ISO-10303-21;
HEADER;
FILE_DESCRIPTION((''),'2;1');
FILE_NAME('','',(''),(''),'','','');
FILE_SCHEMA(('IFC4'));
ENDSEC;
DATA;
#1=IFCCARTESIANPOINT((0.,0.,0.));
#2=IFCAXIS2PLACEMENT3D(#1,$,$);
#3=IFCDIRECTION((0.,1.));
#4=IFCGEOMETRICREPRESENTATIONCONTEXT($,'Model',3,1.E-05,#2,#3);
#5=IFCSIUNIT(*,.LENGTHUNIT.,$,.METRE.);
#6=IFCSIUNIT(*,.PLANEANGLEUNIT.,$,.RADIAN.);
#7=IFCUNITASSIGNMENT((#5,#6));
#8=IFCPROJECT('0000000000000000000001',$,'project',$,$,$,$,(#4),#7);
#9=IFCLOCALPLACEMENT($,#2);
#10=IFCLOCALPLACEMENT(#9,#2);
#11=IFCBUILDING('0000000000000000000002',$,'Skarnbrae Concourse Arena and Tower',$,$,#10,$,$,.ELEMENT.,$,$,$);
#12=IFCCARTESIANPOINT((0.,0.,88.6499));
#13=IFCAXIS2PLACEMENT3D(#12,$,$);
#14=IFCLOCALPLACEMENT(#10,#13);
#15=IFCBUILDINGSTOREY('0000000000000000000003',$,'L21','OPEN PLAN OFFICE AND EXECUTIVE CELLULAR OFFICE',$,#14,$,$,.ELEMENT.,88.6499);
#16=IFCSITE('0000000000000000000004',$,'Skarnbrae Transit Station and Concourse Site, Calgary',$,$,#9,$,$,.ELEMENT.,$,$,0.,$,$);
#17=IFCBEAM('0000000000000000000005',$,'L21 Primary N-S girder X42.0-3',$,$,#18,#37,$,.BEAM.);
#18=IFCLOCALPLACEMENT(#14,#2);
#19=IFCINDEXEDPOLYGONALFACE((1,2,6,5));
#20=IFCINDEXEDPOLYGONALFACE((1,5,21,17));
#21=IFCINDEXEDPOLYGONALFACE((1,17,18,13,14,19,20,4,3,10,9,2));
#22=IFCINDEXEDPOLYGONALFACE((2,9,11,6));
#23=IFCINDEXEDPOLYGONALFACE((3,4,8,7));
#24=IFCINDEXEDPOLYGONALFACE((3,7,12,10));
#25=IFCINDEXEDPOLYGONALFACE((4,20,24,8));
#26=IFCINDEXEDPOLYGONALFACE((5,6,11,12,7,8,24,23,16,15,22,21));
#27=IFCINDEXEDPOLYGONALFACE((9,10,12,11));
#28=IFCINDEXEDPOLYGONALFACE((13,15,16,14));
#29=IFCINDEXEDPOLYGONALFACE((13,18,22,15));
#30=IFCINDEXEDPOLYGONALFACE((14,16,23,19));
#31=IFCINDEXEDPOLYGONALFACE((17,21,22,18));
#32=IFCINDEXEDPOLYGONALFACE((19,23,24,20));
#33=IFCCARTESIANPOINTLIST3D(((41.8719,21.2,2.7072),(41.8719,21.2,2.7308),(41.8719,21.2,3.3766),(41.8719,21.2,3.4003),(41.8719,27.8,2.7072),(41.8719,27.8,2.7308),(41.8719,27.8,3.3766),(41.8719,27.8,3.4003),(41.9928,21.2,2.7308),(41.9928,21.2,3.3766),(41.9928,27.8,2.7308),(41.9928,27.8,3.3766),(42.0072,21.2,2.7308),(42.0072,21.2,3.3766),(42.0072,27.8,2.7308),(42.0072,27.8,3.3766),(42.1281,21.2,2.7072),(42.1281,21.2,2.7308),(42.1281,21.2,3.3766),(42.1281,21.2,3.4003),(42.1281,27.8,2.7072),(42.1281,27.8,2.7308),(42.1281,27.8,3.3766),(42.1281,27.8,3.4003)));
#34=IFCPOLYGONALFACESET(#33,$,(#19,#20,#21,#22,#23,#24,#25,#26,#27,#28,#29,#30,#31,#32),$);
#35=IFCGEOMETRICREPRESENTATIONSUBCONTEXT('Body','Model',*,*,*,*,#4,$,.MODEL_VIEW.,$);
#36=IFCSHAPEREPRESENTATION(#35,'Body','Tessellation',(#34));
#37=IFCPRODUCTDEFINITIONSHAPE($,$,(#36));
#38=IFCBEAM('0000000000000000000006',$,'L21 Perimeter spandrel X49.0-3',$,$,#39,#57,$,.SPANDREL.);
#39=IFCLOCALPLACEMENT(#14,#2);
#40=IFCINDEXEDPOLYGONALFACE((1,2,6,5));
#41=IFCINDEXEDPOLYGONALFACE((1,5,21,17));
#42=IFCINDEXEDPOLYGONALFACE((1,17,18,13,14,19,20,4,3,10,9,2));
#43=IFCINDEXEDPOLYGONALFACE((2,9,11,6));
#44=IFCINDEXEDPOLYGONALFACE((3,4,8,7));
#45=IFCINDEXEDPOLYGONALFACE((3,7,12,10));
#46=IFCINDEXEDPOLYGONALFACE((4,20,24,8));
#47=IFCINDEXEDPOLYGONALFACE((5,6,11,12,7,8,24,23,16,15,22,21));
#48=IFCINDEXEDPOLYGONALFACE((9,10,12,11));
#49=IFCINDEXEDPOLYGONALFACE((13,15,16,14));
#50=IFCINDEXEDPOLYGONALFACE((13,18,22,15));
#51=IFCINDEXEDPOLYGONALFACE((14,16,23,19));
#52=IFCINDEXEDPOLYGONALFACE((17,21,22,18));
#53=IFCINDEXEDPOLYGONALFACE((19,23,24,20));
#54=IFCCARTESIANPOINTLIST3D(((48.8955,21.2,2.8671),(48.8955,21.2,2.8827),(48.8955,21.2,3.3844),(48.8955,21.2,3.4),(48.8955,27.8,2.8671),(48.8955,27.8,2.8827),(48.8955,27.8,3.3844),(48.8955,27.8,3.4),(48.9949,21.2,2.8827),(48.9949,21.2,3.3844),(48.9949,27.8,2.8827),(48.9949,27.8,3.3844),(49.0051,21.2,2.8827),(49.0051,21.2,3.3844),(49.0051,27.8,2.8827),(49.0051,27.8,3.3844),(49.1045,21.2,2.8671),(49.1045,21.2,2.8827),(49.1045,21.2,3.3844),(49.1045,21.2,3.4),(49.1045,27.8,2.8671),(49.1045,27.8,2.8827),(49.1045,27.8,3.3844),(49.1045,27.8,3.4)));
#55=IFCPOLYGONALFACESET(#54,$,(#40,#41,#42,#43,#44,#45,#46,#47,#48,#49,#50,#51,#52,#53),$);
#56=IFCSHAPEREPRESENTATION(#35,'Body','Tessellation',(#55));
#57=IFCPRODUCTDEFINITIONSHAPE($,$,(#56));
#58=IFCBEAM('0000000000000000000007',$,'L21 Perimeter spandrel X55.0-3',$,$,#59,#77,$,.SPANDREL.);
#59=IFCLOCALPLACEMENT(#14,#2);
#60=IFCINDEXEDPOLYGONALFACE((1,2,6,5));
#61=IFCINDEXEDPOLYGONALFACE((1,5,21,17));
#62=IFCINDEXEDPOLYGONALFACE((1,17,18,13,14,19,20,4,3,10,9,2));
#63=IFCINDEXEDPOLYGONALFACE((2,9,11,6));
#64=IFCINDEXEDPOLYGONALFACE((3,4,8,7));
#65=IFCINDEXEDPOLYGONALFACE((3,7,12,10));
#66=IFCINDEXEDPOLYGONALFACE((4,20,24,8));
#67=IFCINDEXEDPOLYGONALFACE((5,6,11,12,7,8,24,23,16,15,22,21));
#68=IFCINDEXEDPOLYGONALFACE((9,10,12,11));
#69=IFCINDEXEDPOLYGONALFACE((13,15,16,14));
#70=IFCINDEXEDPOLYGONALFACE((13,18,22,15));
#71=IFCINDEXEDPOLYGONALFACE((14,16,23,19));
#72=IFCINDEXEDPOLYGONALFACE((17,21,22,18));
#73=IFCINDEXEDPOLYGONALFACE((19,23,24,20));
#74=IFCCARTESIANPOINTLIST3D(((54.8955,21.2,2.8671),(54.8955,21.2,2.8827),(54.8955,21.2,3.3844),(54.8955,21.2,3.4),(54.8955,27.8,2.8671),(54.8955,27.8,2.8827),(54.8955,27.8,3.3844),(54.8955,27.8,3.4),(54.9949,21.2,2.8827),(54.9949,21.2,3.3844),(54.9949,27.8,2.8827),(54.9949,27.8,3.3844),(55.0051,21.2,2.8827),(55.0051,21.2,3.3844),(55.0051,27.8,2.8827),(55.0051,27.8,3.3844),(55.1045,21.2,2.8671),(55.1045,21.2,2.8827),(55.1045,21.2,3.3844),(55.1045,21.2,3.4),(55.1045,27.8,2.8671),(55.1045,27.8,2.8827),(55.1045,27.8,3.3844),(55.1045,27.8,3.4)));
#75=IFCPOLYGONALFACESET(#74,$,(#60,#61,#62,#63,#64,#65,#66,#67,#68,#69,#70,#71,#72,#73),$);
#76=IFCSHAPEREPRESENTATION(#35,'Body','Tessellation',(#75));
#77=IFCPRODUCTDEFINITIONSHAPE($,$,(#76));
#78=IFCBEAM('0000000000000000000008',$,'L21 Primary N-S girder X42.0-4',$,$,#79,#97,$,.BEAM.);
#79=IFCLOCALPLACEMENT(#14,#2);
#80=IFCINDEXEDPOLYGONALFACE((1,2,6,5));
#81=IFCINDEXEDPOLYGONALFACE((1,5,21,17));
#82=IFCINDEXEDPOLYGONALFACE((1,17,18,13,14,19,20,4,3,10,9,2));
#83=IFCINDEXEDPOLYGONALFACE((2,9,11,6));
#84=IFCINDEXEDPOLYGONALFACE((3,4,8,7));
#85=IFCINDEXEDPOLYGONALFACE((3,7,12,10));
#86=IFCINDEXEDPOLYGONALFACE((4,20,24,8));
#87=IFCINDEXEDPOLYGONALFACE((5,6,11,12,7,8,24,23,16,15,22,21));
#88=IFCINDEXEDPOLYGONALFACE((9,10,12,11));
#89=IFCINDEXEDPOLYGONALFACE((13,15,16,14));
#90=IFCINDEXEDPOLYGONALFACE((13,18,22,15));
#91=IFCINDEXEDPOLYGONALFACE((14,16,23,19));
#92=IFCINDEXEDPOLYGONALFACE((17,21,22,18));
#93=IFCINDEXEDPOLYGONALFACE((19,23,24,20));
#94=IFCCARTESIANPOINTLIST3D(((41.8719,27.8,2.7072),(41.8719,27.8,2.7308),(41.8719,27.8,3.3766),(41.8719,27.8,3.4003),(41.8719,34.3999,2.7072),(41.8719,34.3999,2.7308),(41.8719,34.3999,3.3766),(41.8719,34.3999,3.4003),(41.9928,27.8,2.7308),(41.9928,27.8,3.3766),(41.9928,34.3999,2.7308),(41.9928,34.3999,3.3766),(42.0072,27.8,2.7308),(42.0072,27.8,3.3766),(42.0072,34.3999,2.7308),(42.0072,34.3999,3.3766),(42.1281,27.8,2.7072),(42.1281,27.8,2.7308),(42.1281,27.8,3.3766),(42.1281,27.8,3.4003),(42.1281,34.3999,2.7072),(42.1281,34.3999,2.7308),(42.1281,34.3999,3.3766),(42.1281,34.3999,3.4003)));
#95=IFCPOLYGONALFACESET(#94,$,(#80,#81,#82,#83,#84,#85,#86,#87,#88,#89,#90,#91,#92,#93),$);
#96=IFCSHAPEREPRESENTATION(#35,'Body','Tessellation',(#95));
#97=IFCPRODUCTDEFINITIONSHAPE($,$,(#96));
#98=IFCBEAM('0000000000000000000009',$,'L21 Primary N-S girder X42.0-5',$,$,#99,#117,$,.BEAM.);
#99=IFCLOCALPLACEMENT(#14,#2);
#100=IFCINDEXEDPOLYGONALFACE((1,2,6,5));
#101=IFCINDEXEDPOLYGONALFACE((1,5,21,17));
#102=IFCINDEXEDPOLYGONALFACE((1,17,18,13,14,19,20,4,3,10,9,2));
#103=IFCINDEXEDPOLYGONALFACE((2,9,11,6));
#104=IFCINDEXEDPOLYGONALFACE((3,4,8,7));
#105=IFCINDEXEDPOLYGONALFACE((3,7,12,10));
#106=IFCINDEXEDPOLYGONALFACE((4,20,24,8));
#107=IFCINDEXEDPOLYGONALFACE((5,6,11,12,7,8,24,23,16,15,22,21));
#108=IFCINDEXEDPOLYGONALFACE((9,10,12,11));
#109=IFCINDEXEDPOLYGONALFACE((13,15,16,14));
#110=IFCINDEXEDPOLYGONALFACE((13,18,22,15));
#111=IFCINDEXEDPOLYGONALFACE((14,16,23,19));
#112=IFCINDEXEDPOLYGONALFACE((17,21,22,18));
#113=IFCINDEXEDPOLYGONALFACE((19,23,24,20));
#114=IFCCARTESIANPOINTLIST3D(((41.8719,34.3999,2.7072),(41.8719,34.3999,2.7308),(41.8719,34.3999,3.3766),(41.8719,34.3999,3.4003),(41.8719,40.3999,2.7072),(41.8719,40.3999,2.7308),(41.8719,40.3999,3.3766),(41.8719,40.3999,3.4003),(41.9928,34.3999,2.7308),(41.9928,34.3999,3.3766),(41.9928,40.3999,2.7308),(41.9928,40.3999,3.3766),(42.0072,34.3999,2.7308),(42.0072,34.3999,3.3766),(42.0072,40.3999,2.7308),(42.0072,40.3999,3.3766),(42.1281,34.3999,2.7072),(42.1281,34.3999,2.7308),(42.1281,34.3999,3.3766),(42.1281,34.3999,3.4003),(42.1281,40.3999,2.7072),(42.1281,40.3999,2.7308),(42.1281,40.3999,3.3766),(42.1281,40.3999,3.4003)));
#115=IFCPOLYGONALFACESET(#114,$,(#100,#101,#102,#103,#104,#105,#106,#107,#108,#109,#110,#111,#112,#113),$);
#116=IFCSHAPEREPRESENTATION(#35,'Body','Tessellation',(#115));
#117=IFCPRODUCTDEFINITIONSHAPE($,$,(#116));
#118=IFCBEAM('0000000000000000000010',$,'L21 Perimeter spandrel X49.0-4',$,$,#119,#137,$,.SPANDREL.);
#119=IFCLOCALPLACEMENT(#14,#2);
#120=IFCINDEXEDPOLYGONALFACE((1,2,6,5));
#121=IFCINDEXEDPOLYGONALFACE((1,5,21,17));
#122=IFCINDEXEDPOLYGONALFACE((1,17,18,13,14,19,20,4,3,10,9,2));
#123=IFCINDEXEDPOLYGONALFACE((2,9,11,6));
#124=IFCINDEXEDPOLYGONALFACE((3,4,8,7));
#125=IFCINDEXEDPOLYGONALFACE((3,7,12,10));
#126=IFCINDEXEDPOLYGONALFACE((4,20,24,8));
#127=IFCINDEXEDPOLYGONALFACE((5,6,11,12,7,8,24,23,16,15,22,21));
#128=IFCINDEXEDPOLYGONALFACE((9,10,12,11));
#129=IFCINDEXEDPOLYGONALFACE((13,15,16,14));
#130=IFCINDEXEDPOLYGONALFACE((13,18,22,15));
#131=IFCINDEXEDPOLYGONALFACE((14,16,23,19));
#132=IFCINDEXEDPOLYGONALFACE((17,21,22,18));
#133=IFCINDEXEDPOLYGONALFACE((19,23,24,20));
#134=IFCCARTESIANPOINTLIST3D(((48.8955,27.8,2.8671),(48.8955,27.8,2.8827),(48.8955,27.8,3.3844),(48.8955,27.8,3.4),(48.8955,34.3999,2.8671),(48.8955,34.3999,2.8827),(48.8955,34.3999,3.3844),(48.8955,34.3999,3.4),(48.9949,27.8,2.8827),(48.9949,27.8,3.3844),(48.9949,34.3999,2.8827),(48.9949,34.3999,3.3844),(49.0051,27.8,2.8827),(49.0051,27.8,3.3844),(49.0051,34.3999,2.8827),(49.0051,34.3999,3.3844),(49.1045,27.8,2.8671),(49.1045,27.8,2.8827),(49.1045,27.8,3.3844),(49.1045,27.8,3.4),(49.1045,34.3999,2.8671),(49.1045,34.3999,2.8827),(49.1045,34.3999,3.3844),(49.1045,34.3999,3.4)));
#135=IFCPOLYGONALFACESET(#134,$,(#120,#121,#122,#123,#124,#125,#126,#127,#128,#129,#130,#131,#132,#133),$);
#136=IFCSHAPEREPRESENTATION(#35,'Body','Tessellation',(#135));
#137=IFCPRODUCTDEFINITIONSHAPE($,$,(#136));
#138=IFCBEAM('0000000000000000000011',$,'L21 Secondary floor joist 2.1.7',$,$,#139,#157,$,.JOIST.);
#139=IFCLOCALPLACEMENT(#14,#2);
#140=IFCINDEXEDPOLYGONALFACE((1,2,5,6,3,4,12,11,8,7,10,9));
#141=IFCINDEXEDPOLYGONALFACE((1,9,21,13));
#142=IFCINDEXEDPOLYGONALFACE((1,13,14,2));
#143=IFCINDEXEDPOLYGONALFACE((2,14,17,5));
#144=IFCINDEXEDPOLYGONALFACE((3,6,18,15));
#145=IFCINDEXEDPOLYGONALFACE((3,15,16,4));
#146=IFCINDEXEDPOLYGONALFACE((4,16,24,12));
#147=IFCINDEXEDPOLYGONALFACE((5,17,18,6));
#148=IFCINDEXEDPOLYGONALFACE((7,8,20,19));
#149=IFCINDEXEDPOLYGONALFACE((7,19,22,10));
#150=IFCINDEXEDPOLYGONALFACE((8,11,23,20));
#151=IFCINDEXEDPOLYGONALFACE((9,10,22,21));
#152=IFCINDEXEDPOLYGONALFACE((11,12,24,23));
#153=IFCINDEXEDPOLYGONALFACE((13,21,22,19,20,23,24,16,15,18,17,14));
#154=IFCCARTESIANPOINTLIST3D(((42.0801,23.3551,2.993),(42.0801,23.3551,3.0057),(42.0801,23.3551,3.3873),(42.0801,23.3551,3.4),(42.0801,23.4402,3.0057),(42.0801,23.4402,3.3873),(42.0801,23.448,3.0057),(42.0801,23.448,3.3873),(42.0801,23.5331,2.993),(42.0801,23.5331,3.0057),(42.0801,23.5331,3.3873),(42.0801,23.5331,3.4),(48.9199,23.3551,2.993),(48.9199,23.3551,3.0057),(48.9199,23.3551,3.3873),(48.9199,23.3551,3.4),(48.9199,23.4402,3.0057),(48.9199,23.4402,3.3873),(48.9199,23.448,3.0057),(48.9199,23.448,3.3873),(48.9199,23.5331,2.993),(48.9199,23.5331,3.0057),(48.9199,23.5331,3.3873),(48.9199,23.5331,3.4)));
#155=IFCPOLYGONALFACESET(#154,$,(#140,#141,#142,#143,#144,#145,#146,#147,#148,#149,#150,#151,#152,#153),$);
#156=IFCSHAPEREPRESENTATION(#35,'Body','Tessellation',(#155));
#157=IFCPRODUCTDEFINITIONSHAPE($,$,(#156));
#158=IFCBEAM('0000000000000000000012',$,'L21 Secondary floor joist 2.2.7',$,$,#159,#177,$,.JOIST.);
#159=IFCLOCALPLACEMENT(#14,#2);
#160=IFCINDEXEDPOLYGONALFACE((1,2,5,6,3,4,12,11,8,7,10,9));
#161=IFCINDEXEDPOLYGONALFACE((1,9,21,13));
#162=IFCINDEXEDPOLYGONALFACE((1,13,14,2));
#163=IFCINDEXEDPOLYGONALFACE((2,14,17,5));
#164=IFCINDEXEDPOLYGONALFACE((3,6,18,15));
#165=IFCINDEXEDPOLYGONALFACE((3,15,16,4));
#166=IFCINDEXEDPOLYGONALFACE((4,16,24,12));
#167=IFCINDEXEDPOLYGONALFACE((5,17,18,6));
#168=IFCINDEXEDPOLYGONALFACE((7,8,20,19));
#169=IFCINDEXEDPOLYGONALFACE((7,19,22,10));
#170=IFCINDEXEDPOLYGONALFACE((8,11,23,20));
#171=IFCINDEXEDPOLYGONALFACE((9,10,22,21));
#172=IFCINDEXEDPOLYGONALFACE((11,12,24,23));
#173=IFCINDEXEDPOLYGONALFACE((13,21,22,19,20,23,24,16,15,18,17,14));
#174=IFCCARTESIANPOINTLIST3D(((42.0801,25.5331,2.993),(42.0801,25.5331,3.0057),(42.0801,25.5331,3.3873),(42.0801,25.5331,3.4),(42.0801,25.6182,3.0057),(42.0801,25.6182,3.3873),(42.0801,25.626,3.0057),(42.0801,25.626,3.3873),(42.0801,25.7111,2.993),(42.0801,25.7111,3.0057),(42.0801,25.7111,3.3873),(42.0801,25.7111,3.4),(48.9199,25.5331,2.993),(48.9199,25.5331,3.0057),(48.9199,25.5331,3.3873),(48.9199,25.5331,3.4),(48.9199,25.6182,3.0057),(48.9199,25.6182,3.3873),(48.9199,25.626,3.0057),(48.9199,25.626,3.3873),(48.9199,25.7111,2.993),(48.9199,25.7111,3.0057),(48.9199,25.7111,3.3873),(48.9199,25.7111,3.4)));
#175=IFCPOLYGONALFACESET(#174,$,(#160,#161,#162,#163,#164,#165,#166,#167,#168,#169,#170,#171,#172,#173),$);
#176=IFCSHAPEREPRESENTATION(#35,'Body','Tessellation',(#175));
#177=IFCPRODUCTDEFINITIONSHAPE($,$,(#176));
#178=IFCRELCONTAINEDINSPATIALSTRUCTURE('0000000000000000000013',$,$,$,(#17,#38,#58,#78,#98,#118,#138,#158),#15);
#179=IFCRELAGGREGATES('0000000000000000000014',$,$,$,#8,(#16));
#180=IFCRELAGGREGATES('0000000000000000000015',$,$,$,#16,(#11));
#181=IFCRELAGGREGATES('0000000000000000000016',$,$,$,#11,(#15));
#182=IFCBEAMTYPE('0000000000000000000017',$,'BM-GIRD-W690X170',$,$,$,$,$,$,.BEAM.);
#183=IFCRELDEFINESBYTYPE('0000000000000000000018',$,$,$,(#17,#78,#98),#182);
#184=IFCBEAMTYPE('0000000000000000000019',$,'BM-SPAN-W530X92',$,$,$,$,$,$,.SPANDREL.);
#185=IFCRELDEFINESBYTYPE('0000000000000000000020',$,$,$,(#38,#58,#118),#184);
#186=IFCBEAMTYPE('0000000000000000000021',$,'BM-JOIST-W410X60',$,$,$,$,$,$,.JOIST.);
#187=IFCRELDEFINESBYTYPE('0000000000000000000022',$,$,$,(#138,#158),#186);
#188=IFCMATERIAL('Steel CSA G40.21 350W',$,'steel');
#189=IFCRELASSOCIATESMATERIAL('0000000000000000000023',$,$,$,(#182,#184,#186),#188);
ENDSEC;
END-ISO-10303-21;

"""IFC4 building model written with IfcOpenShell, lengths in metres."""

from ifc_helpers import new_model, si_unit, direction, frame, origin, origin_2d, place, context, subcontext, project, spatial, i_section, extrude, source, transform, mapped, material, material_profile, profile_set, type_object, element, save


model = new_model("IFC4")

# Units and contexts
model_context = context("Model", 3, precision=1e-05, world=origin(), true_north=direction((0.0, 1.0)))
body_context = subcontext(model_context, "Body", "Model", "MODEL_VIEW")
ifc_project = project(units=[si_unit("LENGTHUNIT", "METRE"), si_unit("PLANEANGLEUNIT", "RADIAN")], contexts=[model_context])

# Site, building, storey
site_placement = place(None, origin())
site = spatial("IfcSite", under=ifc_project, at=site_placement, Name="Skarnbrae Transit Station and Concourse Site, Calgary", CompositionType="ELEMENT", RefElevation=0.0)
building_placement = place(site_placement, origin())
building = spatial("IfcBuilding", under=site, at=building_placement, Name="Skarnbrae Concourse Arena and Tower", CompositionType="ELEMENT")
storey_placement = place(building_placement, frame((0.0, 0.0, 88.6499)))
storey = spatial("IfcBuildingStorey", under=building, at=storey_placement, Name="L21", Description="OPEN PLAN OFFICE AND EXECUTIVE CELLULAR OFFICE", CompositionType="ELEMENT", Elevation=88.6499)

# Shared definitions
ifc_material_1 = material(Name="Steel CSA G40.21 350W", Category="steel")

# Beams
ifc_material_profile_1 = material_profile(ifc_material_1, i_section(OverallWidth=0.2561, OverallDepth=0.6931, WebThickness=0.0144, FlangeThickness=0.0237, at=origin_2d()), Name="W690X170")
ifc_profile_set_1 = profile_set([ifc_material_profile_1], Name="Steel CSA G40.21 350W")
beam_type_1 = type_object("IfcBeamType", Name="BM-GIRD-W690X170", PredefinedType="BEAM", material=ifc_profile_set_1)
ifc_material_profile_2 = material_profile(ifc_material_1, i_section(OverallWidth=0.209, OverallDepth=0.533, WebThickness=0.0103, FlangeThickness=0.0156, at=origin_2d()), Name="W530X92")
ifc_profile_set_2 = profile_set([ifc_material_profile_2], Name="Steel CSA G40.21 350W")
beam_type_2 = type_object("IfcBeamType", Name="BM-SPAN-W530X92", PredefinedType="SPANDREL", material=ifc_profile_set_2)
shared_shape_1 = source(origin(), body_context, "Body", "SweptSolid", [
    extrude(i_section(OverallWidth=0.2561, OverallDepth=0.6931, WebThickness=0.0144, FlangeThickness=0.0237, at=origin_2d()), origin(), (0.0, 0.0, 1.0), 6.6001),
])
beam_1_placement = place(storey_placement, frame((42.0, 21.2, 3.0537), z_axis=(0.0, 1.0, 0.0), x_axis=(-1.0, 0.0, 0.0)))
element("IfcBeam", 1, at=beam_1_placement, inside=storey, type_object=beam_type_1, Name="L21 Primary N-S girder X42.0-3", PredefinedType="BEAM", context=body_context, shape_type="MappedRepresentation", body=[
    mapped(shared_shape_1, transform((0.0, 0.0, 0.0))),
])
shared_shape_2 = source(origin(), body_context, "Body", "SweptSolid", [
    extrude(i_section(OverallWidth=0.209, OverallDepth=0.533, WebThickness=0.0103, FlangeThickness=0.0156, at=origin_2d()), origin(), (0.0, 0.0, 1.0), 6.6001),
])
for number, where, z_axis, x_axis, name in (
    (2, (49.0, 21.2, 3.1335), (0.0, 1.0, 0.0), (-1.0, 0.0, 0.0), "L21 Perimeter spandrel X49.0-3"),
    (3, (55.0, 21.2, 3.1335), (0.0, 1.0, 0.0), (-1.0, 0.0, 0.0), "L21 Perimeter spandrel X55.0-3"),
):
    element("IfcBeam", number, at=place(storey_placement, frame(where, z_axis=z_axis, x_axis=x_axis)), inside=storey, type_object=beam_type_2, Name=name, PredefinedType="SPANDREL", context=body_context, shape_type="MappedRepresentation", body=[
        mapped(shared_shape_2, transform((0.0, 0.0, 0.0))),
    ])
shared_shape_3 = source(origin(), body_context, "Body", "SweptSolid", [
    extrude(i_section(OverallWidth=0.2561, OverallDepth=0.6931, WebThickness=0.0144, FlangeThickness=0.0237, at=origin_2d()), origin(), (0.0, 0.0, 1.0), 6.5999),
])
beam_2_placement = place(storey_placement, frame((42.0, 27.8, 3.0537), z_axis=(0.0, 1.0, 0.0), x_axis=(-1.0, 0.0, 0.0)))
element("IfcBeam", 4, at=beam_2_placement, inside=storey, type_object=beam_type_1, Name="L21 Primary N-S girder X42.0-4", PredefinedType="BEAM", context=body_context, shape_type="MappedRepresentation", body=[
    mapped(shared_shape_3, transform((0.0, 0.0, 0.0))),
])
shared_shape_4 = source(origin(), body_context, "Body", "SweptSolid", [
    extrude(i_section(OverallWidth=0.2561, OverallDepth=0.6931, WebThickness=0.0144, FlangeThickness=0.0237, at=origin_2d()), origin(), (0.0, 0.0, 1.0), 6.0),
])
beam_3_placement = place(storey_placement, frame((42.0, 34.3999, 3.0537), z_axis=(0.0, 1.0, 0.0), x_axis=(-1.0, 0.0, 0.0)))
element("IfcBeam", 5, at=beam_3_placement, inside=storey, type_object=beam_type_1, Name="L21 Primary N-S girder X42.0-5", PredefinedType="BEAM", context=body_context, shape_type="MappedRepresentation", body=[
    mapped(shared_shape_4, transform((0.0, 0.0, 0.0))),
])
shared_shape_5 = source(origin(), body_context, "Body", "SweptSolid", [
    extrude(i_section(OverallWidth=0.209, OverallDepth=0.533, WebThickness=0.0103, FlangeThickness=0.0156, at=origin_2d()), origin(), (0.0, 0.0, 1.0), 6.5999),
])
beam_4_placement = place(storey_placement, frame((49.0, 27.8, 3.1335), z_axis=(0.0, 1.0, 0.0), x_axis=(-1.0, 0.0, 0.0)))
element("IfcBeam", 6, at=beam_4_placement, inside=storey, type_object=beam_type_2, Name="L21 Perimeter spandrel X49.0-4", PredefinedType="SPANDREL", context=body_context, shape_type="MappedRepresentation", body=[
    mapped(shared_shape_5, transform((0.0, 0.0, 0.0))),
])
ifc_material_profile_3 = material_profile(ifc_material_1, i_section(OverallWidth=0.178, OverallDepth=0.407, WebThickness=0.0078, FlangeThickness=0.0127, at=origin_2d()), Name="W410X60")
ifc_profile_set_3 = profile_set([ifc_material_profile_3], Name="Steel CSA G40.21 350W")
beam_type_3 = type_object("IfcBeamType", Name="BM-JOIST-W410X60", PredefinedType="JOIST", material=ifc_profile_set_3)
shared_shape_6 = source(origin(), body_context, "Body", "SweptSolid", [
    extrude(i_section(OverallWidth=0.178, OverallDepth=0.407, WebThickness=0.0078, FlangeThickness=0.0127, at=origin_2d()), origin(), (0.0, 0.0, 1.0), 6.8398),
])
for number, where, z_axis, x_axis, name in (
    (7, (42.0801, 23.4441, 3.1965), (1.0, 0.0, 0.0), (0.0, 1.0, 0.0), "L21 Secondary floor joist 2.1.7"),
    (8, (42.0801, 25.6221, 3.1965), (1.0, 0.0, 0.0), (0.0, 1.0, 0.0), "L21 Secondary floor joist 2.2.7"),
):
    element("IfcBeam", number, at=place(storey_placement, frame(where, z_axis=z_axis, x_axis=x_axis)), inside=storey, type_object=beam_type_3, Name=name, PredefinedType="JOIST", context=body_context, shape_type="MappedRepresentation", body=[
        mapped(shared_shape_6, transform((0.0, 0.0, 0.0))),
    ])

save(model, "model.ifc")
